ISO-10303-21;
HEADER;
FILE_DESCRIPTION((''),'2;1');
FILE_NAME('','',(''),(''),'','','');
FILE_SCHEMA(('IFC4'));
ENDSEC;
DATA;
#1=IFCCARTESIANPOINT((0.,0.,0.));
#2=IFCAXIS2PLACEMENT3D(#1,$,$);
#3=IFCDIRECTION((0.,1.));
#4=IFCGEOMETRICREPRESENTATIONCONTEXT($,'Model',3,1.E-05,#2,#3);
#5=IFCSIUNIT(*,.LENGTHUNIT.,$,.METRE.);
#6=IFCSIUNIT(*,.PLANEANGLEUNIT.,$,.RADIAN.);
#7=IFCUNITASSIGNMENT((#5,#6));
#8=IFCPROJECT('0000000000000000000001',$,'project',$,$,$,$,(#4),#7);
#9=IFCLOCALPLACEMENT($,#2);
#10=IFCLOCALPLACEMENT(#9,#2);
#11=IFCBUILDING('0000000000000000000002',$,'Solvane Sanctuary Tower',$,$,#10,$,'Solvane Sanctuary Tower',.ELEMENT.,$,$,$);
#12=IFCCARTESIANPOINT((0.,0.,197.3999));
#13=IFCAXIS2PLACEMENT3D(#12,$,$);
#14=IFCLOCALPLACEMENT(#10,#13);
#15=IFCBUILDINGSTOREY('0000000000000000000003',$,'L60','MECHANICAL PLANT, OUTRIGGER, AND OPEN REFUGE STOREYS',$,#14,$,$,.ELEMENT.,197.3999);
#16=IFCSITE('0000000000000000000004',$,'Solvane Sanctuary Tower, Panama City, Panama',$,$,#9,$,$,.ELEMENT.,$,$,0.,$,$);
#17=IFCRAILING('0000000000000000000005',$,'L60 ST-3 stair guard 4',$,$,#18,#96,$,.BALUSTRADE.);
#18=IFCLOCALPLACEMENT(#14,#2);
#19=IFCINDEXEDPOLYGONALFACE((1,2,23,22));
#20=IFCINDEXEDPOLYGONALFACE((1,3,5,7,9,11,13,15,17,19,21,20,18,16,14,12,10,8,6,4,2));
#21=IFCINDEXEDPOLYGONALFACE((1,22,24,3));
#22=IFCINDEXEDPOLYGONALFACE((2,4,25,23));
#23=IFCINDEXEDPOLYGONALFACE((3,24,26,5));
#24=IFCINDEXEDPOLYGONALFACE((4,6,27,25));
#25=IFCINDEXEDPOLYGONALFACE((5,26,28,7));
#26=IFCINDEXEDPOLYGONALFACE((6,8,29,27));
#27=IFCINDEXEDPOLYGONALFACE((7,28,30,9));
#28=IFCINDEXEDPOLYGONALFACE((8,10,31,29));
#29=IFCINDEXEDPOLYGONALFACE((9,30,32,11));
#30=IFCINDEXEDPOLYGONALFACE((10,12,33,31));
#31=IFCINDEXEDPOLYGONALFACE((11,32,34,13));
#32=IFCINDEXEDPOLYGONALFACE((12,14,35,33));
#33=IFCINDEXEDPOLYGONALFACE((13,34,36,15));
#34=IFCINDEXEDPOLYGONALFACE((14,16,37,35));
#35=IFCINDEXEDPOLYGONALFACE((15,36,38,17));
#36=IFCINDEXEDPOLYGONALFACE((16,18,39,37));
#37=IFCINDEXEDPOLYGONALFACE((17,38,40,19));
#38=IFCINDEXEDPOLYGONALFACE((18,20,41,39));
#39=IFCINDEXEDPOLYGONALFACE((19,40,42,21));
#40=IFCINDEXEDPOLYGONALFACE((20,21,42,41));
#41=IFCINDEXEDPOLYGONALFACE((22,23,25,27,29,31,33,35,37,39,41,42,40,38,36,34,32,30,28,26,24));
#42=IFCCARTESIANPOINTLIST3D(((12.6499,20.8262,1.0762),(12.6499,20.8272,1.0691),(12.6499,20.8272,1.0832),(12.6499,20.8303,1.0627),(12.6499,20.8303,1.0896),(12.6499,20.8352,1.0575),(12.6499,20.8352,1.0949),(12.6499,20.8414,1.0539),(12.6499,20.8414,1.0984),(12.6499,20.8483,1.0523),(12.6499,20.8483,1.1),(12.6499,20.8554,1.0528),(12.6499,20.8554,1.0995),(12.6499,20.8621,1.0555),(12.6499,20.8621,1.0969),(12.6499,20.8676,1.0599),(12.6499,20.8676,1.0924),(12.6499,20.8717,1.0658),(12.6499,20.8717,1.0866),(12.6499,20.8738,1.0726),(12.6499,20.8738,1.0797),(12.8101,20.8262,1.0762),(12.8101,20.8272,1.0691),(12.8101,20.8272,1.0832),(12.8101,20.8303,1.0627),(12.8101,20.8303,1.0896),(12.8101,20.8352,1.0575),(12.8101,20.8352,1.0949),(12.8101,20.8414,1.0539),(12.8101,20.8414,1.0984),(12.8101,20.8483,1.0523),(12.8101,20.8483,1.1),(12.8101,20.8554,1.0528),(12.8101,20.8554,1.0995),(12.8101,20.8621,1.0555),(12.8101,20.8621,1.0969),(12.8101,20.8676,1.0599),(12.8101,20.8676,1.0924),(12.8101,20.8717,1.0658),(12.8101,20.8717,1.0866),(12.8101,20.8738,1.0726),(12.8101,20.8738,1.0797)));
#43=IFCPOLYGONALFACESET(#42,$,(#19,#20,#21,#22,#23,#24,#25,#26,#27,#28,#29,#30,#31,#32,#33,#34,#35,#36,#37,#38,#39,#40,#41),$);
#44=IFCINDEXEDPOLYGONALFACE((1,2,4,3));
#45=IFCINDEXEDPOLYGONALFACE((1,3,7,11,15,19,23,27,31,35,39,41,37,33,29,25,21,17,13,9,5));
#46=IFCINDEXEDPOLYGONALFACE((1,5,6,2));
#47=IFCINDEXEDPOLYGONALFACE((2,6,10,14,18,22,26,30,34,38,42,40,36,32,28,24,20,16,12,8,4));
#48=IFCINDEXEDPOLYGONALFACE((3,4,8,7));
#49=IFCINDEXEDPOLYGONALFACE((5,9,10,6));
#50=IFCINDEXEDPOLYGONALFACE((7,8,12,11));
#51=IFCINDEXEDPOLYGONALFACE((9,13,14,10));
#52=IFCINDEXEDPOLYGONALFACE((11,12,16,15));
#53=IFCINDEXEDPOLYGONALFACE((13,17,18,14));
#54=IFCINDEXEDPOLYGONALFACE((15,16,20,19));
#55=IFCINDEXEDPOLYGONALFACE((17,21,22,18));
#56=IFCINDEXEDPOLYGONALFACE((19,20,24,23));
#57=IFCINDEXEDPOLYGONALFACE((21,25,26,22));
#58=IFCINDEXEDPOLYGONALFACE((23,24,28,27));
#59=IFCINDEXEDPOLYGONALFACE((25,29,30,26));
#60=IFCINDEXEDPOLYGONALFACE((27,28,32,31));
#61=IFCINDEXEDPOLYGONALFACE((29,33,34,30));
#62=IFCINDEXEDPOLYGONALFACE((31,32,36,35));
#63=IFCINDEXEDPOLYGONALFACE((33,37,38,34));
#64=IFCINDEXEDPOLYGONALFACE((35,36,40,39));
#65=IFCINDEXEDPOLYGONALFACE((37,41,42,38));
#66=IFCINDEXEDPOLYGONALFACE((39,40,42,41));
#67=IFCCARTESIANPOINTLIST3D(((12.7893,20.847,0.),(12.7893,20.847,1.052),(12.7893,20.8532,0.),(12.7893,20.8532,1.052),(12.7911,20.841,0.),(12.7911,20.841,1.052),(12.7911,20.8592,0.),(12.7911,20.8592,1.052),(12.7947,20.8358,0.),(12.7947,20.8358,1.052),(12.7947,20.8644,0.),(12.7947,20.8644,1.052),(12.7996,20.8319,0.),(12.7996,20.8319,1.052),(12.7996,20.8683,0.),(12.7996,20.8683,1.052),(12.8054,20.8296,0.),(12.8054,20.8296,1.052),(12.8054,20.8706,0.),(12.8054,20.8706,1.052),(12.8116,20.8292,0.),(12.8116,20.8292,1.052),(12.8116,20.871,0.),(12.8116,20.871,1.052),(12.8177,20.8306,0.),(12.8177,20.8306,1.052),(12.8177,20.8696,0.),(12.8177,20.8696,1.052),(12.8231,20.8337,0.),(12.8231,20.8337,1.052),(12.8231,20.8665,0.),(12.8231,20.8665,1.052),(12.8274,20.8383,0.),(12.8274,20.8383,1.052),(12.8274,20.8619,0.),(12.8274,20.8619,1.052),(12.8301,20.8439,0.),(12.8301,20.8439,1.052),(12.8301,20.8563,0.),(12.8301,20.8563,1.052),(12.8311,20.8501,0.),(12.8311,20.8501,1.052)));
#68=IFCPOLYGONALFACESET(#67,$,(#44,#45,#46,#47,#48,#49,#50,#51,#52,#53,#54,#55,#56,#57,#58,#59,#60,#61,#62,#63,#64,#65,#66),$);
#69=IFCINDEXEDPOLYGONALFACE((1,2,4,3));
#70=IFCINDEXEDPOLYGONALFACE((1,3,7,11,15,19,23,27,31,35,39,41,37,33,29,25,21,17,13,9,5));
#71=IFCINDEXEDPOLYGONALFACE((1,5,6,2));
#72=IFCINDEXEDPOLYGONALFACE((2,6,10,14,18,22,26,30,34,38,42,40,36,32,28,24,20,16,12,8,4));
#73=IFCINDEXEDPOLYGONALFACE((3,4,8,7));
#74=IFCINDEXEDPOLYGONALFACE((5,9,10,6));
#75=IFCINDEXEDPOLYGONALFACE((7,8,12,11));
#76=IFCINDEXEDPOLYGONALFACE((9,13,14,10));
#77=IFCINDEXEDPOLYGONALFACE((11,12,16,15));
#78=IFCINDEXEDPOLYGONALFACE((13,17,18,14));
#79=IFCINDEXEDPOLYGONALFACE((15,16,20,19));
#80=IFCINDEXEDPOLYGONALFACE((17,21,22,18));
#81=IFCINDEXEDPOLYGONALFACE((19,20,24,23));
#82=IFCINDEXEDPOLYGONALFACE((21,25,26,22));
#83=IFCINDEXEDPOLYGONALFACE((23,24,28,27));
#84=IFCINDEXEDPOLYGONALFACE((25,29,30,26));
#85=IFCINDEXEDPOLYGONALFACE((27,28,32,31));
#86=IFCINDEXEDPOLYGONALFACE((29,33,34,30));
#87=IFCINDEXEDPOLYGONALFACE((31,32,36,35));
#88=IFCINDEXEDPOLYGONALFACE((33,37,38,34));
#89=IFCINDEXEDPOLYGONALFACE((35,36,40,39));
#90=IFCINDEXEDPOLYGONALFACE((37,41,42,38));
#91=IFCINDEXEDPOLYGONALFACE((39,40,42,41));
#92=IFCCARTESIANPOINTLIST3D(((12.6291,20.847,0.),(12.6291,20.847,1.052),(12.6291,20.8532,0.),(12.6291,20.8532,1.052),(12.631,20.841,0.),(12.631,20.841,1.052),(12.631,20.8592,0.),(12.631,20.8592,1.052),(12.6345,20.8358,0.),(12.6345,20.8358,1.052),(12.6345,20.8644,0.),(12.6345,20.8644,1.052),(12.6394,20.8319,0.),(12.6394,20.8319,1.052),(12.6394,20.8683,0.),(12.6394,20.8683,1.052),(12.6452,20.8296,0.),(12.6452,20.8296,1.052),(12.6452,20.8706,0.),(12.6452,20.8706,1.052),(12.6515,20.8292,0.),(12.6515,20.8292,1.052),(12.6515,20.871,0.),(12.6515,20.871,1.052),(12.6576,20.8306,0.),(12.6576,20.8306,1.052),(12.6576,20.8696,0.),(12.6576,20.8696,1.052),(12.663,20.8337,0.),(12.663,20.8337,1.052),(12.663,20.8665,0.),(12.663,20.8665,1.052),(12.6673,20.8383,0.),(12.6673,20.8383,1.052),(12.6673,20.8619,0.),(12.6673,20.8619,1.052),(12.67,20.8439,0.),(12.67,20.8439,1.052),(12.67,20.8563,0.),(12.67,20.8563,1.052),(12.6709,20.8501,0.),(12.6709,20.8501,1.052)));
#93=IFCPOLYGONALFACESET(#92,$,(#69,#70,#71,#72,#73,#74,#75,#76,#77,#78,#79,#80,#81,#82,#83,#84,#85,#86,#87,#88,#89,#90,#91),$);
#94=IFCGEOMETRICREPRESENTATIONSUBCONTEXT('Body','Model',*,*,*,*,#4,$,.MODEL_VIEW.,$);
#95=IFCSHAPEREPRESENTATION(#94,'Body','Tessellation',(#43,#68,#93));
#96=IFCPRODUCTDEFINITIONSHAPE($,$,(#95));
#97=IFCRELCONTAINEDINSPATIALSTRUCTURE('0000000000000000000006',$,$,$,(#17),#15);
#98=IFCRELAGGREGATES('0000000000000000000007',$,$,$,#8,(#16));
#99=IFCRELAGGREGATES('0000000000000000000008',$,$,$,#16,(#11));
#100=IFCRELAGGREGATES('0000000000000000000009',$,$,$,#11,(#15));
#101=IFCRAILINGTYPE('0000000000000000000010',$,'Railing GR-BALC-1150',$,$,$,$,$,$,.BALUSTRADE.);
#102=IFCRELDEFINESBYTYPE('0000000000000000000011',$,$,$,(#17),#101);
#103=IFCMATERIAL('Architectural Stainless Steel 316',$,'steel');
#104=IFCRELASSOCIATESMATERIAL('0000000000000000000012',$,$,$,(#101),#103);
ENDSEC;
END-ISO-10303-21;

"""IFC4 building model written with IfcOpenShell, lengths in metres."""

from ifc_helpers import new_model, si_unit, direction, frame, origin, origin_2d, place, context, subcontext, project, spatial, circle, extrude, material, type_object, element, save


model = new_model("IFC4")

# Units and contexts
model_context = context("Model", 3, precision=1e-05, world=origin(), true_north=direction((0.0, 1.0)))
body_context = subcontext(model_context, "Body", "Model", "MODEL_VIEW")
ifc_project = project(units=[si_unit("LENGTHUNIT", "METRE"), si_unit("PLANEANGLEUNIT", "RADIAN")], contexts=[model_context])

# Site, building, storey
site_placement = place(None, origin())
site = spatial("IfcSite", under=ifc_project, at=site_placement, Name="Solvane Sanctuary Tower, Panama City, Panama", CompositionType="ELEMENT", RefElevation=0.0)
building_placement = place(site_placement, origin())
building = spatial("IfcBuilding", under=site, at=building_placement, Name="Solvane Sanctuary Tower", LongName="Solvane Sanctuary Tower", CompositionType="ELEMENT")
storey_placement = place(building_placement, frame((0.0, 0.0, 197.3999)))
storey = spatial("IfcBuildingStorey", under=building, at=storey_placement, Name="L60", Description="MECHANICAL PLANT, OUTRIGGER, AND OPEN REFUGE STOREYS", CompositionType="ELEMENT", Elevation=197.3999)

# Shared definitions
ifc_material_1 = material(Name="Architectural Stainless Steel 316", Category="steel")

# Railing
railing_type_1 = type_object("IfcRailingType", Name="Railing GR-BALC-1150", PredefinedType="BALUSTRADE", material=ifc_material_1)
railing_1_placement = place(storey_placement, frame((12.8101, 20.8501, 0.0)))
element("IfcRailing", 1, at=railing_1_placement, inside=storey, type_object=railing_type_1, Name="L60 ST-3 stair guard 4", PredefinedType="BALUSTRADE", context=body_context, shape_type="SweptSolid", body=[
    extrude(circle(Radius=0.0239, at=origin_2d()), frame((0.0, 0.0, 1.0762), z_axis=(-1.0, 0.0, 0.0), x_axis=(0.0, -1.0, 0.0)), (0.0, 0.0, 1.0), 0.1602),
    extrude(circle(Radius=0.021, at=origin_2d()), origin(), (0.0, 0.0, 1.0), 1.052),
    extrude(circle(Radius=0.021, at=origin_2d()), frame((-0.1602, 0.0, 0.0)), (0.0, 0.0, 1.0), 1.052),
])

save(model, "model.ifc")
